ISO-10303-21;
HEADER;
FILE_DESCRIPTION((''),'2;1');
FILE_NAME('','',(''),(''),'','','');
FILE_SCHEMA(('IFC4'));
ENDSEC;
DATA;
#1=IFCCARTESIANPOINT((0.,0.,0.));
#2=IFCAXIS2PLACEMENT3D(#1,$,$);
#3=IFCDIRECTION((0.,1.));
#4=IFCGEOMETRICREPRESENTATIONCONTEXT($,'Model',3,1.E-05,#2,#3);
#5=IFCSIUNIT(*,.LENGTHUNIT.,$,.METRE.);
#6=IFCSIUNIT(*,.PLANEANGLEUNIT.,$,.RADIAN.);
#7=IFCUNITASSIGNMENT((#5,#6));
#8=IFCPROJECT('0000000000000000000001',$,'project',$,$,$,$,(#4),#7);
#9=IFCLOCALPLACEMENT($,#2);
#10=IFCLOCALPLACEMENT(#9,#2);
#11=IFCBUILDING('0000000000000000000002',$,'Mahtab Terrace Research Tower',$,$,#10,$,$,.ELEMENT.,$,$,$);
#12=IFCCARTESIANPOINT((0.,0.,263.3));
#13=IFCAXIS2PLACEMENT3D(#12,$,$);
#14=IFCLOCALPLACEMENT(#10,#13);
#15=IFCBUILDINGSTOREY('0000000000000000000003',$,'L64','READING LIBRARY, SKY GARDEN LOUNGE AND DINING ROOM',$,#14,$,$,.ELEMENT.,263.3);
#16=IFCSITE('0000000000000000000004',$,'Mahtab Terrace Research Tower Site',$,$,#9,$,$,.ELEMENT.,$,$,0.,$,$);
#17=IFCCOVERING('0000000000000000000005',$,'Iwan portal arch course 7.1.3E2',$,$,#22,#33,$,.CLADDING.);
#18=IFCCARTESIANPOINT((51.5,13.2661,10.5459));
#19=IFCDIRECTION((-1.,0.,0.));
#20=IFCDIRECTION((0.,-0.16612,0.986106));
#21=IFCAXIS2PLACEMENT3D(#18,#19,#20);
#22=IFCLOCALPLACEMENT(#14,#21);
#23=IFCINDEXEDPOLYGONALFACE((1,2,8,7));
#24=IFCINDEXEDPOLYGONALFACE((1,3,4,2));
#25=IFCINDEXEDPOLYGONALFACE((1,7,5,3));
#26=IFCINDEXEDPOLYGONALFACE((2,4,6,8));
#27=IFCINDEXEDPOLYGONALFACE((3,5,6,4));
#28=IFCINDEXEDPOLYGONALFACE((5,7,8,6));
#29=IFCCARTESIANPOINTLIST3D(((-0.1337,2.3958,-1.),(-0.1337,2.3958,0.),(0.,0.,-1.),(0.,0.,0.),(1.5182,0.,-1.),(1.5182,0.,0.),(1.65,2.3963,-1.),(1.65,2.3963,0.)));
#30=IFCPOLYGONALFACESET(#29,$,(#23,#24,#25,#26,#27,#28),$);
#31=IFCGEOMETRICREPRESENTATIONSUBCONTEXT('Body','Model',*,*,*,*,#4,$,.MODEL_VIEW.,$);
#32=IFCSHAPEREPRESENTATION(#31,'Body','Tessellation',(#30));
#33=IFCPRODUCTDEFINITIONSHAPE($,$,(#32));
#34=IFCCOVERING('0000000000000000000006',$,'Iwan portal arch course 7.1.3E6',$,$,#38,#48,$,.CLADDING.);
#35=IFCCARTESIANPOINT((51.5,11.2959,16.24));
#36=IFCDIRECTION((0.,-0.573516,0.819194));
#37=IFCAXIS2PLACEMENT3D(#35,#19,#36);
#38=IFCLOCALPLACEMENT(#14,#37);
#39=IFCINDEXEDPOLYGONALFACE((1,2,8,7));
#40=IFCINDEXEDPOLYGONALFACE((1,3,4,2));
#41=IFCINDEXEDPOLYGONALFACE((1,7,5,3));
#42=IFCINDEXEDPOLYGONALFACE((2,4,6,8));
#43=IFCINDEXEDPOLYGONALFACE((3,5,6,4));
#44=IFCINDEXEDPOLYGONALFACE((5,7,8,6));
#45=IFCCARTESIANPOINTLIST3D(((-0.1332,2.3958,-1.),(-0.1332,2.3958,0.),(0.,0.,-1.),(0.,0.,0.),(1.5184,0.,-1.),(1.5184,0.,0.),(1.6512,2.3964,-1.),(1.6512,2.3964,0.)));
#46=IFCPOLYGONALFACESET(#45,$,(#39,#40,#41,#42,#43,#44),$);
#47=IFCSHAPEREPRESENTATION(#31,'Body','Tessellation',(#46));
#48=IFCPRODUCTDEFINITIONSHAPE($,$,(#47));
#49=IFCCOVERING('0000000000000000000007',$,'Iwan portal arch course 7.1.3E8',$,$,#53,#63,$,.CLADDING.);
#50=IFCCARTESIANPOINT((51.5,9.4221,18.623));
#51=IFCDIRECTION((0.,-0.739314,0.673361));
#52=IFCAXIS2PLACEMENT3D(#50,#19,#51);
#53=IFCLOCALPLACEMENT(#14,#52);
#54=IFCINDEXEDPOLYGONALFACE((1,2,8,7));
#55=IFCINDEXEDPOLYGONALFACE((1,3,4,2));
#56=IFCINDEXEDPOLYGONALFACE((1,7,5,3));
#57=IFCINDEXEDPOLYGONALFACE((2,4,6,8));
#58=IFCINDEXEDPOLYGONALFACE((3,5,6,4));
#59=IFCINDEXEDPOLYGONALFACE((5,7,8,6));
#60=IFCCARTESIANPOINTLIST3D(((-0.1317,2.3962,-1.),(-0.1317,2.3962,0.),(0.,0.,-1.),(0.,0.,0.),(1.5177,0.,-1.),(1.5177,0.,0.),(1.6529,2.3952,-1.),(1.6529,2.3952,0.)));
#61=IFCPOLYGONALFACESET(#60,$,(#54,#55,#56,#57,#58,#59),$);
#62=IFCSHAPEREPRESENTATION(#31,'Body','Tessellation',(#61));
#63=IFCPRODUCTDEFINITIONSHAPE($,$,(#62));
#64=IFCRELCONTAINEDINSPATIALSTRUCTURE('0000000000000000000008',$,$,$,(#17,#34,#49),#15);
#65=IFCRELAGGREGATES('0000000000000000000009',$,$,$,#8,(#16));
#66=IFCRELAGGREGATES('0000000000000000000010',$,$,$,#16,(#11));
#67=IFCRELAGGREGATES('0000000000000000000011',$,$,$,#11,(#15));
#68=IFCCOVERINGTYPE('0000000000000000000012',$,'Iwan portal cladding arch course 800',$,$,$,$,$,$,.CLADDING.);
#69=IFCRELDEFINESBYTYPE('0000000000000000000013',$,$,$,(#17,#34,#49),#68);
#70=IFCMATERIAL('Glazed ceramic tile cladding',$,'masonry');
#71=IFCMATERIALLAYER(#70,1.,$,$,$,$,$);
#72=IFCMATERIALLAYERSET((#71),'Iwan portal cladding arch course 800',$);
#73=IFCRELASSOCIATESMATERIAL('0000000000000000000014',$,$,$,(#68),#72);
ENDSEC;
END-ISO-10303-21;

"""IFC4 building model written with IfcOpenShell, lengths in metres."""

from ifc_helpers import new_model, si_unit, direction, frame, origin, place, context, subcontext, project, spatial, polyline, outline, extrude, material, layer, layer_set, type_object, element, save


model = new_model("IFC4")

# Units and contexts
model_context = context("Model", 3, precision=1e-05, world=origin(), true_north=direction((0.0, 1.0)))
body_context = subcontext(model_context, "Body", "Model", "MODEL_VIEW")
ifc_project = project(units=[si_unit("LENGTHUNIT", "METRE"), si_unit("PLANEANGLEUNIT", "RADIAN")], contexts=[model_context])

# Site, building, storey
site_placement = place(None, origin())
site = spatial("IfcSite", under=ifc_project, at=site_placement, Name="Mahtab Terrace Research Tower Site", CompositionType="ELEMENT", RefElevation=0.0)
building_placement = place(site_placement, origin())
building = spatial("IfcBuilding", under=site, at=building_placement, Name="Mahtab Terrace Research Tower", CompositionType="ELEMENT")
storey_placement = place(building_placement, frame((0.0, 0.0, 263.3)))
storey = spatial("IfcBuildingStorey", under=building, at=storey_placement, Name="L64", Description="READING LIBRARY, SKY GARDEN LOUNGE AND DINING ROOM", CompositionType="ELEMENT", Elevation=263.3)

# Coverings
ifc_material = material(Name="Glazed ceramic tile cladding", Category="masonry")
ifc_layer = layer(ifc_material, 1.0)
ifc_layer_set = layer_set([ifc_layer], Name="Iwan portal cladding arch course 800")
covering_type = type_object("IfcCoveringType", Name="Iwan portal cladding arch course 800", PredefinedType="CLADDING", material=ifc_layer_set)
covering_1_placement = place(storey_placement, frame((51.5, 13.2661, 10.5459), z_axis=(-1.0, 0.0, 0.0), x_axis=(0.0, -0.16612, 0.986106)))
element("IfcCovering", 1, at=covering_1_placement, inside=storey, type_object=covering_type, Name="Iwan portal arch course 7.1.3E2", PredefinedType="CLADDING", context=body_context, shape_type="SweptSolid", body=[
    extrude(outline(polyline([(0.0, 0.0), (1.5182, 0.0), (1.65, 2.3963), (-0.1337, 2.3958), (0.0, 0.0)])), origin(), (0.0, 0.0, -1.0), 1.0),
])
covering_2_placement = place(storey_placement, frame((51.5, 11.2959, 16.24), z_axis=(-1.0, 0.0, 0.0), x_axis=(0.0, -0.573516, 0.819194)))
element("IfcCovering", 2, at=covering_2_placement, inside=storey, type_object=covering_type, Name="Iwan portal arch course 7.1.3E6", PredefinedType="CLADDING", context=body_context, shape_type="SweptSolid", body=[
    extrude(outline(polyline([(0.0, 0.0), (1.5184, 0.0), (1.6512, 2.3964), (-0.1332, 2.3958), (0.0, 0.0)])), origin(), (0.0, 0.0, -1.0), 1.0),
])
covering_3_placement = place(storey_placement, frame((51.5, 9.4221, 18.623), z_axis=(-1.0, 0.0, 0.0), x_axis=(0.0, -0.739314, 0.673361)))
element("IfcCovering", 3, at=covering_3_placement, inside=storey, type_object=covering_type, Name="Iwan portal arch course 7.1.3E8", PredefinedType="CLADDING", context=body_context, shape_type="SweptSolid", body=[
    extrude(outline(polyline([(0.0, 0.0), (1.5177, 0.0), (1.6529, 2.3952), (-0.1317, 2.3962), (0.0, 0.0)])), origin(), (0.0, 0.0, -1.0), 1.0),
])

save(model, "model.ifc")
